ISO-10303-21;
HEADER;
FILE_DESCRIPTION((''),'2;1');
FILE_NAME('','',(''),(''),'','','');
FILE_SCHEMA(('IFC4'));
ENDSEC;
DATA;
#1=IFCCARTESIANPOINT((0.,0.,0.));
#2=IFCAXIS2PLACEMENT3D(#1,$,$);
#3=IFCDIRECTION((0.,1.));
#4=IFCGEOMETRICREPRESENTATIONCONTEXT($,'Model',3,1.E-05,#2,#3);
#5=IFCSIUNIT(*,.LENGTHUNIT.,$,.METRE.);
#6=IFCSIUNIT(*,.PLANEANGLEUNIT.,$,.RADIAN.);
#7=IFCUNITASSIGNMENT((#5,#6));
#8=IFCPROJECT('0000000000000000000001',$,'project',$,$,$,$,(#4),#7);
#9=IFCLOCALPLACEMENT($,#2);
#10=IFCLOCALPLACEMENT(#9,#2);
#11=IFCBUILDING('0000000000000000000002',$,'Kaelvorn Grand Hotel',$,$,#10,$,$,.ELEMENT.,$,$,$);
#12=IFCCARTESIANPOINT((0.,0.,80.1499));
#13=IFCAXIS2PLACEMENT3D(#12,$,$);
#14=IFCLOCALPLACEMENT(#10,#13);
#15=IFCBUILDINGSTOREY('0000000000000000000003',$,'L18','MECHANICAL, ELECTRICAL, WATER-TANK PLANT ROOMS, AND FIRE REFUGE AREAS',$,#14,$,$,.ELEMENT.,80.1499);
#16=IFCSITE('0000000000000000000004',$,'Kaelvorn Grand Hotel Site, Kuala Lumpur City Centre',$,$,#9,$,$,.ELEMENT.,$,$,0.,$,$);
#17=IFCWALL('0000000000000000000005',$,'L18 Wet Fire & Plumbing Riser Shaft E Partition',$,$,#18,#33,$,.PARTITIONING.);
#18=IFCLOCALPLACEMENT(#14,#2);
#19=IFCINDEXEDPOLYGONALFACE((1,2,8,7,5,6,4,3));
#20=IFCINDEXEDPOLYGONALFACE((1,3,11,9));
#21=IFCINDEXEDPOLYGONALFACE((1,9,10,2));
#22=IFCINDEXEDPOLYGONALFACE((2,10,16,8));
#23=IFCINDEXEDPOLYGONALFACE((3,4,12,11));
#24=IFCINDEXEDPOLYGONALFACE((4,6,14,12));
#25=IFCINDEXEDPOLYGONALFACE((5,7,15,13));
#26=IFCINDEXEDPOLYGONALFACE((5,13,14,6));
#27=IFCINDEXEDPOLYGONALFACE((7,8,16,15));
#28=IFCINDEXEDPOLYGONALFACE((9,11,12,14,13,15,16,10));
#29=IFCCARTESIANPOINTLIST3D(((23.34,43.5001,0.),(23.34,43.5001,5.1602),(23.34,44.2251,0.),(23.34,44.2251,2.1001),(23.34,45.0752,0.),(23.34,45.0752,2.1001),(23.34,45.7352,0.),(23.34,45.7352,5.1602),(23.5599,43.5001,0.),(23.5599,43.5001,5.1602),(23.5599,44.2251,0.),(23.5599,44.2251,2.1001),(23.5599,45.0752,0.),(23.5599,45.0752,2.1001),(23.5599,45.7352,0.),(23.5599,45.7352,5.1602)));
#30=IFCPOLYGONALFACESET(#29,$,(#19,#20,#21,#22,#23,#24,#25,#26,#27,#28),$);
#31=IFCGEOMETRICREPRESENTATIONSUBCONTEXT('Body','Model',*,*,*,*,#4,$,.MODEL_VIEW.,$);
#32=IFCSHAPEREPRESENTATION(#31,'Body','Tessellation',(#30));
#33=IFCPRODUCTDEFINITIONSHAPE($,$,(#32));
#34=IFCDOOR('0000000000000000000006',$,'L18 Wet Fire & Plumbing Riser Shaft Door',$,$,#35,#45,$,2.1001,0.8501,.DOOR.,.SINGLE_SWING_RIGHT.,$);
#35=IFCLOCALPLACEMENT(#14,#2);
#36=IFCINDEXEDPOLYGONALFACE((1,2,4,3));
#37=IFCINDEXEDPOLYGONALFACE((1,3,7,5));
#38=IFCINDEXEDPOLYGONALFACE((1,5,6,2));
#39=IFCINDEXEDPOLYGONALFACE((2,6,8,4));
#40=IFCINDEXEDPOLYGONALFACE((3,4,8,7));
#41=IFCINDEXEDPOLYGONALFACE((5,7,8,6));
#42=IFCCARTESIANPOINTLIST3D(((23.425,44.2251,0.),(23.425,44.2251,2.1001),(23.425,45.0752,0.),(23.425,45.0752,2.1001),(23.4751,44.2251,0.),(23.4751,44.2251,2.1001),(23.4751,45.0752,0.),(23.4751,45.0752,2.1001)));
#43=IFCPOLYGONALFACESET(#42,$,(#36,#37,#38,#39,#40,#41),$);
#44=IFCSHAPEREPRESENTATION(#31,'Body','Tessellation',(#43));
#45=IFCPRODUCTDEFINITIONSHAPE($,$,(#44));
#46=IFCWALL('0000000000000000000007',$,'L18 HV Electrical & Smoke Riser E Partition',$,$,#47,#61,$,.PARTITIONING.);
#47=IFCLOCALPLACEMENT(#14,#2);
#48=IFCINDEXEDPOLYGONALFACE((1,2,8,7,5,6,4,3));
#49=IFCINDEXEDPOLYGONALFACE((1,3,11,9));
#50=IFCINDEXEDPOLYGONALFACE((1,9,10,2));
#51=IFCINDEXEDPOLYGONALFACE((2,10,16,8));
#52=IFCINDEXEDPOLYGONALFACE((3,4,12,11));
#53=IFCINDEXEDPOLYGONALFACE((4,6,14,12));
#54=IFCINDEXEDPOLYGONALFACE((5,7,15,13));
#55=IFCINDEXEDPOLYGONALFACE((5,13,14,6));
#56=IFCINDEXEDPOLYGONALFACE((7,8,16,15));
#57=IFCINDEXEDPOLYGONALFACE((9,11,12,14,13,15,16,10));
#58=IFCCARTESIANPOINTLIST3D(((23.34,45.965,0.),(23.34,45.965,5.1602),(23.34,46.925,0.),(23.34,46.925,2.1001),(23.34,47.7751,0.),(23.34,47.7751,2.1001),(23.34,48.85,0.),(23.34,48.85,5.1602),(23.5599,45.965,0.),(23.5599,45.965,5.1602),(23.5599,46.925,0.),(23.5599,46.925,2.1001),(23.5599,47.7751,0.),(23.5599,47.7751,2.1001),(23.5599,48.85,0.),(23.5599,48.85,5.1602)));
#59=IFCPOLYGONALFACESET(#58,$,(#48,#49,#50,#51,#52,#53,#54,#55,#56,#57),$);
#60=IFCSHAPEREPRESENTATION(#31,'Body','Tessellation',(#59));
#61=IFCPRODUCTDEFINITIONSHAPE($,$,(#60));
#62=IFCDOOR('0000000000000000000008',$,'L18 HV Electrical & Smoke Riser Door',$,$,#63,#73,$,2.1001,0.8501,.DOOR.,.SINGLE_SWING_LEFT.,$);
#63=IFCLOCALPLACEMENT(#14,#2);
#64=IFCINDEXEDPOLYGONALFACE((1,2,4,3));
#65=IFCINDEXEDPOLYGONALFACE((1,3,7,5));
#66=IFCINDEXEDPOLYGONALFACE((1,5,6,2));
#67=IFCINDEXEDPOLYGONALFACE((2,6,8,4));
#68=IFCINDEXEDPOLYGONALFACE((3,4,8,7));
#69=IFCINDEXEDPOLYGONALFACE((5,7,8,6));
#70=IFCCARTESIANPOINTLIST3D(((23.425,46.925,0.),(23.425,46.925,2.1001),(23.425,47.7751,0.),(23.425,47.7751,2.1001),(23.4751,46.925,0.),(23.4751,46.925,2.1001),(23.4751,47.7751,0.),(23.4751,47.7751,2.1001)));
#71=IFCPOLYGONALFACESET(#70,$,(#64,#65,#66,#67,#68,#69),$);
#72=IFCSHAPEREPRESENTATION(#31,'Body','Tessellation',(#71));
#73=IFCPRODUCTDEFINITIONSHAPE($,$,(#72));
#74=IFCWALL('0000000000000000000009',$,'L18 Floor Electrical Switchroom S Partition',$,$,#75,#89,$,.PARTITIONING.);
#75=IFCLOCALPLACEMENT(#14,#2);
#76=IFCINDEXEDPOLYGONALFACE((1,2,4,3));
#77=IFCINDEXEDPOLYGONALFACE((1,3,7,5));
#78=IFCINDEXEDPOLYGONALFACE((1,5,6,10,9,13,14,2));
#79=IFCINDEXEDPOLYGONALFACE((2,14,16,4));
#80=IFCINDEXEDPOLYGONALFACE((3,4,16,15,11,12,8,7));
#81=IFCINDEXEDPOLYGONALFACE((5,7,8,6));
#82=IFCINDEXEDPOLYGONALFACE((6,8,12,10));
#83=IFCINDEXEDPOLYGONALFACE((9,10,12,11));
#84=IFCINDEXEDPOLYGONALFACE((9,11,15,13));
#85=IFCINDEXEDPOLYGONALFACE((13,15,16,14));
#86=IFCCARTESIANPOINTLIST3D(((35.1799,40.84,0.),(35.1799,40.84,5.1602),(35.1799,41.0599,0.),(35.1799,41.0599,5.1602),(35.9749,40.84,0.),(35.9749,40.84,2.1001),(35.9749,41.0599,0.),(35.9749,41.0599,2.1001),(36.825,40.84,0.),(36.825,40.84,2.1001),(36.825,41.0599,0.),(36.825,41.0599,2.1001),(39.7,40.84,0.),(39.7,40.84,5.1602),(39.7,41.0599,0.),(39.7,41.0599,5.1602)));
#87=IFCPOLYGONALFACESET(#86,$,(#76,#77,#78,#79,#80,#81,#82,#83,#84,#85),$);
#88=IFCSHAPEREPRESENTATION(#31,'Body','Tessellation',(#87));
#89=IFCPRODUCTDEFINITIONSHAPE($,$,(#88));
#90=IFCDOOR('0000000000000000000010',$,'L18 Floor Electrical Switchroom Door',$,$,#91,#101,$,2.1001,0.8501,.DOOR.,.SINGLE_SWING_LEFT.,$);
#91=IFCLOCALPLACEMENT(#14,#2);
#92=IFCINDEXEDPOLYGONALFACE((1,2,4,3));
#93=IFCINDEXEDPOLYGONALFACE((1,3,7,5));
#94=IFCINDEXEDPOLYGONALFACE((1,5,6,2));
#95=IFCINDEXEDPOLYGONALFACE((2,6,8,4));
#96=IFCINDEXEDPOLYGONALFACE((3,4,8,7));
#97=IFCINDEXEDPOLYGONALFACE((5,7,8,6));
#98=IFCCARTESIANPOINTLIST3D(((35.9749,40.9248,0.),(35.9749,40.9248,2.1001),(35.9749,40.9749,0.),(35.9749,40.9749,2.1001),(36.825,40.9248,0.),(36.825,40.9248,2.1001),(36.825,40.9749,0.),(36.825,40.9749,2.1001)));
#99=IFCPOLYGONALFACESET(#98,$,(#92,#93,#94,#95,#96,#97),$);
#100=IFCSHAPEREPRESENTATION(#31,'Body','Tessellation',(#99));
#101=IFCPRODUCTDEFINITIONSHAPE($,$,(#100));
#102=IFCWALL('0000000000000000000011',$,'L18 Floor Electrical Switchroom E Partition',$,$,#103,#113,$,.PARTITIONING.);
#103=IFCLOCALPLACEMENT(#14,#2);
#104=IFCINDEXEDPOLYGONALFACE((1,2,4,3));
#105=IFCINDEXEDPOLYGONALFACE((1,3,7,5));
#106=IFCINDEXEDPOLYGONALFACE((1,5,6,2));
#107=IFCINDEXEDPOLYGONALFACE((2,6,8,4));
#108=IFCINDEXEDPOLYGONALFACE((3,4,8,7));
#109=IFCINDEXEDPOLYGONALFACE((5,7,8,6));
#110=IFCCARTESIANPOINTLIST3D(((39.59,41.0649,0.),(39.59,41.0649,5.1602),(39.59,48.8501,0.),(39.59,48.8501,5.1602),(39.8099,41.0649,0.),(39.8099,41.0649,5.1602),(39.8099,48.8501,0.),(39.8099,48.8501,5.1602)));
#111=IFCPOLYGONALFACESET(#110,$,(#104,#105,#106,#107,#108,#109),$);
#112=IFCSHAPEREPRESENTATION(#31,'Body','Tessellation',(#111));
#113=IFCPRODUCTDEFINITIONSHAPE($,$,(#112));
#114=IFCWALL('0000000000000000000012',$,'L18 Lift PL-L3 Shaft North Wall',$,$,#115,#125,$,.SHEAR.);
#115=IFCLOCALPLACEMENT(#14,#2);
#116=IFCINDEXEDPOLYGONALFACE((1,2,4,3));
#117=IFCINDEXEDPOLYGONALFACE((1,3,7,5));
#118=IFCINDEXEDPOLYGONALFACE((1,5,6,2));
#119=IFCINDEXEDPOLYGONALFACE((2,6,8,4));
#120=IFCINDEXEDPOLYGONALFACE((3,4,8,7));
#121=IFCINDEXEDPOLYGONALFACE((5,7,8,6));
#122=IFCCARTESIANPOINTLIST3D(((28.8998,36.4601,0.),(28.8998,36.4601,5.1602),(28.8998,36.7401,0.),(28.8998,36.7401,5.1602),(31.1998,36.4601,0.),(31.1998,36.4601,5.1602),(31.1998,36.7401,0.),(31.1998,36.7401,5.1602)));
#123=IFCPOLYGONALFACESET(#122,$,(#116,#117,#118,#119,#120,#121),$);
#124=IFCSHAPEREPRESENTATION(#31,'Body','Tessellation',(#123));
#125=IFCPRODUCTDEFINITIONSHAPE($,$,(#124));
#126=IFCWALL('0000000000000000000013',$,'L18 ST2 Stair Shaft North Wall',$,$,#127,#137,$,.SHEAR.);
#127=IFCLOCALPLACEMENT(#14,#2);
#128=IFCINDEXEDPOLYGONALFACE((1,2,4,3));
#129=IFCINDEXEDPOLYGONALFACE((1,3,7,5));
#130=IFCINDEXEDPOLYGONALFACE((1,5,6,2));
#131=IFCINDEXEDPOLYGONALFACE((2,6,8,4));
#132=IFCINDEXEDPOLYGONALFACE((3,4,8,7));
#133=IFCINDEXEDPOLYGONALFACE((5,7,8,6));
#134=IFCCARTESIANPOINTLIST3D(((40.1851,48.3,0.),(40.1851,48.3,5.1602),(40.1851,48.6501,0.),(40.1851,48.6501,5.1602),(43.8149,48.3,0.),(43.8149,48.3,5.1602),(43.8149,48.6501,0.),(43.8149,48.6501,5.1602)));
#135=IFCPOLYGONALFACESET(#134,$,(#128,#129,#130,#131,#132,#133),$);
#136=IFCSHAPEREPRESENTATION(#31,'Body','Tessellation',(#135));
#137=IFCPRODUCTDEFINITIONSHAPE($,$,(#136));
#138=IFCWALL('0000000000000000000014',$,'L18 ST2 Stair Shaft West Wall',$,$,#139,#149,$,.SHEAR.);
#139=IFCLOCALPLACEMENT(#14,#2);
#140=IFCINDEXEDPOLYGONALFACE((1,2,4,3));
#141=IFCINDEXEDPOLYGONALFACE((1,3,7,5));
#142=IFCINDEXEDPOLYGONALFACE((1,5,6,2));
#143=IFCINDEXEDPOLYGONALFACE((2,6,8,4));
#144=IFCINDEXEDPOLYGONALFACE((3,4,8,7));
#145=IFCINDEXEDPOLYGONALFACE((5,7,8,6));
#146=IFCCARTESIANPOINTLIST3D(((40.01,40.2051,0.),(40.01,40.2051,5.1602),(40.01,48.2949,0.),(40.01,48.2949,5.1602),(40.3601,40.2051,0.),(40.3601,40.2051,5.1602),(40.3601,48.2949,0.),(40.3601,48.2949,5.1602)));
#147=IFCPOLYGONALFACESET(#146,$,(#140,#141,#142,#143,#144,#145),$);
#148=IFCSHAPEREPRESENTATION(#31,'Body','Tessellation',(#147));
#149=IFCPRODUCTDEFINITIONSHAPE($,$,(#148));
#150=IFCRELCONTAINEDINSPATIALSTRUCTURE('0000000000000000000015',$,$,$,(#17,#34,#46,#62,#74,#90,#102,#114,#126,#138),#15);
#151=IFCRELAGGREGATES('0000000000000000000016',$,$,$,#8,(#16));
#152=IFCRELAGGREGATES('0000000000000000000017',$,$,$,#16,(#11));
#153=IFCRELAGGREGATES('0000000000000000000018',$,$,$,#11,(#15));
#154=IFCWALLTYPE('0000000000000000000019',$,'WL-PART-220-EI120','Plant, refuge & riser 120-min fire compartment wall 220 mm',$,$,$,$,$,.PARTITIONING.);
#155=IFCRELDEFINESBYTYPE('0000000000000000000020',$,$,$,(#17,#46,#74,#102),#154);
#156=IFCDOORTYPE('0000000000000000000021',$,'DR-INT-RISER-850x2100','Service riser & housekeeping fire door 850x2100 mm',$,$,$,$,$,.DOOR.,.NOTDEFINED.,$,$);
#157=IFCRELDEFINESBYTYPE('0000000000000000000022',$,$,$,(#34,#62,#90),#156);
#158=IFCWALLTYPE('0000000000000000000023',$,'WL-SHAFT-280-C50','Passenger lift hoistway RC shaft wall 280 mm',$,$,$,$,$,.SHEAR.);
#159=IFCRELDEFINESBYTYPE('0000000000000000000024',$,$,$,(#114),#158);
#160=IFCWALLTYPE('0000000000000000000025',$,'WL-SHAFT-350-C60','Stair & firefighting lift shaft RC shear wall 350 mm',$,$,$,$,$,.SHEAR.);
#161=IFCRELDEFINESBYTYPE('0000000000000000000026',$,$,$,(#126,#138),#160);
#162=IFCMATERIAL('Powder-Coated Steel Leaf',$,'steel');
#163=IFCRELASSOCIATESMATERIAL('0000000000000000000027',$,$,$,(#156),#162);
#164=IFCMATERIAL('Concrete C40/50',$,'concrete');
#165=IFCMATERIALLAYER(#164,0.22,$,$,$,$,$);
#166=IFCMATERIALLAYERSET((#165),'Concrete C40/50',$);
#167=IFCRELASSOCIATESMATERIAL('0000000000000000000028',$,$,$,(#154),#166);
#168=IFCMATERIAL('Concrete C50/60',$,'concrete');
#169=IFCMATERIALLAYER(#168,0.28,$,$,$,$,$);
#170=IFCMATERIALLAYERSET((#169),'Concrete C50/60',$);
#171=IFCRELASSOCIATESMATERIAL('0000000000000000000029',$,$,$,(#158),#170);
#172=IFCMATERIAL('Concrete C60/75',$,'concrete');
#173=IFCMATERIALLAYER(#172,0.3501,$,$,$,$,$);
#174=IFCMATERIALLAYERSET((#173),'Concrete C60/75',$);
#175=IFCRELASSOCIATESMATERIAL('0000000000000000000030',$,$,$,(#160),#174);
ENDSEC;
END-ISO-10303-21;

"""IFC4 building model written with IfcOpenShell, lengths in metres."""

from ifc_helpers import new_model, si_unit, direction, frame, frame_2d, origin, place, context, subcontext, project, spatial, rectangle, extrude, material, layer, layer_set, type_object, element, fill, save


model = new_model("IFC4")

# Units and contexts
model_context = context("Model", 3, precision=1e-05, world=origin(), true_north=direction((0.0, 1.0)))
body_context = subcontext(model_context, "Body", "Model", "MODEL_VIEW")
ifc_project = project(units=[si_unit("LENGTHUNIT", "METRE"), si_unit("PLANEANGLEUNIT", "RADIAN")], contexts=[model_context])

# Site, building, storey
site_placement = place(None, origin())
site = spatial("IfcSite", under=ifc_project, at=site_placement, Name="Kaelvorn Grand Hotel Site, Kuala Lumpur City Centre", CompositionType="ELEMENT", RefElevation=0.0)
building_placement = place(site_placement, origin())
building = spatial("IfcBuilding", under=site, at=building_placement, Name="Kaelvorn Grand Hotel", CompositionType="ELEMENT")
storey_placement = place(building_placement, frame((0.0, 0.0, 80.1499)))
storey = spatial("IfcBuildingStorey", under=building, at=storey_placement, Name="L18", Description="MECHANICAL, ELECTRICAL, WATER-TANK PLANT ROOMS, AND FIRE REFUGE AREAS", CompositionType="ELEMENT", Elevation=80.1499)

# Shared definitions
ifc_material_1 = material(Name="Concrete C60/75", Category="concrete")

# Shared definitions
ifc_material_2 = material(Name="Powder-Coated Steel Leaf", Category="steel")
door_type_1 = type_object("IfcDoorType", Name="DR-INT-RISER-850x2100", Description="Service riser & housekeeping fire door 850x2100 mm", OperationType="NOTDEFINED", PredefinedType="DOOR", material=ifc_material_2)

# Walls, openings, doors
ifc_material_3 = material(Name="Concrete C40/50", Category="concrete")
ifc_layer_1 = layer(ifc_material_3, 0.22)
ifc_layer_set_1 = layer_set([ifc_layer_1], Name="Concrete C40/50")
wall_type_1 = type_object("IfcWallType", Name="WL-PART-220-EI120", Description="Plant, refuge & riser 120-min fire compartment wall 220 mm", PredefinedType="PARTITIONING", material=ifc_layer_set_1)
wall_1_placement = place(storey_placement, frame((23.45, 43.5, 0.0), z_axis=(0.0, 0.0, 1.0), x_axis=(0.0, 1.0, 0.0)))
wall_1 = element("IfcWall", 1, at=wall_1_placement, inside=storey, type_object=wall_type_1, Name="L18 Wet Fire & Plumbing Riser Shaft E Partition", PredefinedType="PARTITIONING", context=body_context, shape_type="SweptSolid", body=[
    extrude(rectangle(XDim=2.2351, YDim=0.22, at=frame_2d((1.1177, 0.0))), origin(), (0.0, 0.0, 1.0), 5.1602),
])
opening_1_placement = place(wall_1_placement, frame((0.7251, 0.0, 0.0)))
opening_1 = element("IfcOpeningElement", 2, at=opening_1_placement, cuts=wall_1, PredefinedType="OPENING", context=body_context, shape_type="SweptSolid", body=[
    extrude(rectangle(XDim=0.8501, YDim=2.1001, at=frame_2d((0.425, 1.05))), frame((0.0, 0.1201, 0.0), z_axis=(0.0, -1.0, 0.0), x_axis=(1.0, 0.0, 0.0)), (0.0, 0.0, 1.0), 0.24),
])
door_1_placement = place(opening_1_placement, origin())
door_1 = element("IfcDoor", 3, at=door_1_placement, inside=storey, type_object=door_type_1, Name="L18 Wet Fire & Plumbing Riser Shaft Door", OperationType="SINGLE_SWING_RIGHT", OverallHeight=2.1001, OverallWidth=0.8501, PredefinedType="DOOR", context=body_context, shape_type="SweptSolid", body=[
    extrude(rectangle(XDim=0.8501, YDim=2.1001, at=frame_2d((0.425, 1.05))), frame((0.0, 0.0249, 0.0), z_axis=(0.0, -1.0, 0.0), x_axis=(1.0, 0.0, 0.0)), (0.0, 0.0, 1.0), 0.05),
])
fill(opening_1, door_1)
wall_2_placement = place(storey_placement, frame((23.45, 45.9651, 0.0), z_axis=(0.0, 0.0, 1.0), x_axis=(0.0, 1.0, 0.0)))
wall_2 = element("IfcWall", 4, at=wall_2_placement, inside=storey, type_object=wall_type_1, Name="L18 HV Electrical & Smoke Riser E Partition", PredefinedType="PARTITIONING", context=body_context, shape_type="SweptSolid", body=[
    extrude(rectangle(XDim=2.885, YDim=0.22, at=frame_2d((1.4424, 0.0))), origin(), (0.0, 0.0, 1.0), 5.1602),
])
opening_2_placement = place(wall_2_placement, frame((0.96, 0.0, 0.0)))
opening_2 = element("IfcOpeningElement", 5, at=opening_2_placement, cuts=wall_2, PredefinedType="OPENING", context=body_context, shape_type="SweptSolid", body=[
    extrude(rectangle(XDim=0.8501, YDim=2.1001, at=frame_2d((0.425, 1.05))), frame((0.0, 0.1201, 0.0), z_axis=(0.0, -1.0, 0.0), x_axis=(1.0, 0.0, 0.0)), (0.0, 0.0, 1.0), 0.24),
])
door_2_placement = place(opening_2_placement, origin())
door_2 = element("IfcDoor", 6, at=door_2_placement, inside=storey, type_object=door_type_1, Name="L18 HV Electrical & Smoke Riser Door", OperationType="SINGLE_SWING_LEFT", OverallHeight=2.1001, OverallWidth=0.8501, PredefinedType="DOOR", context=body_context, shape_type="SweptSolid", body=[
    extrude(rectangle(XDim=0.8501, YDim=2.1001, at=frame_2d((0.425, 1.05))), frame((0.0, 0.0249, 0.0), z_axis=(0.0, -1.0, 0.0), x_axis=(1.0, 0.0, 0.0)), (0.0, 0.0, 1.0), 0.05),
])
fill(opening_2, door_2)
wall_3_placement = place(storey_placement, frame((35.1799, 40.95, 0.0), z_axis=(0.0, 0.0, 1.0), x_axis=(1.0, 0.0, 0.0)))
wall_3 = element("IfcWall", 7, at=wall_3_placement, inside=storey, type_object=wall_type_1, Name="L18 Floor Electrical Switchroom S Partition", PredefinedType="PARTITIONING", context=body_context, shape_type="SweptSolid", body=[
    extrude(rectangle(XDim=4.52, YDim=0.22, at=frame_2d((2.26, 0.0))), origin(), (0.0, 0.0, 1.0), 5.1602),
])
opening_3_placement = place(wall_3_placement, frame((0.7949, 0.0, 0.0)))
opening_3 = element("IfcOpeningElement", 8, at=opening_3_placement, cuts=wall_3, PredefinedType="OPENING", context=body_context, shape_type="SweptSolid", body=[
    extrude(rectangle(XDim=0.8501, YDim=2.1001, at=frame_2d((0.425, 1.05))), frame((0.0, 0.1201, 0.0), z_axis=(0.0, -1.0, 0.0), x_axis=(1.0, 0.0, 0.0)), (0.0, 0.0, 1.0), 0.24),
])
door_3_placement = place(opening_3_placement, origin())
door_3 = element("IfcDoor", 9, at=door_3_placement, inside=storey, type_object=door_type_1, Name="L18 Floor Electrical Switchroom Door", OperationType="SINGLE_SWING_LEFT", OverallHeight=2.1001, OverallWidth=0.8501, PredefinedType="DOOR", context=body_context, shape_type="SweptSolid", body=[
    extrude(rectangle(XDim=0.8501, YDim=2.1001, at=frame_2d((0.425, 1.05))), frame((0.0, 0.0249, 0.0), z_axis=(0.0, -1.0, 0.0), x_axis=(1.0, 0.0, 0.0)), (0.0, 0.0, 1.0), 0.05),
])
fill(opening_3, door_3)

# Walls
wall_4_placement = place(storey_placement, frame((39.7, 41.0649, 0.0), z_axis=(0.0, 0.0, 1.0), x_axis=(0.0, 1.0, 0.0)))
element("IfcWall", 10, at=wall_4_placement, inside=storey, type_object=wall_type_1, Name="L18 Floor Electrical Switchroom E Partition", PredefinedType="PARTITIONING", context=body_context, shape_type="SweptSolid", body=[
    extrude(rectangle(XDim=7.7852, YDim=0.22, at=frame_2d((3.8926, 0.0))), origin(), (0.0, 0.0, 1.0), 5.1602),
])
ifc_material_4 = material(Name="Concrete C50/60", Category="concrete")
ifc_layer_2 = layer(ifc_material_4, 0.28)
ifc_layer_set_2 = layer_set([ifc_layer_2], Name="Concrete C50/60")
wall_type_2 = type_object("IfcWallType", Name="WL-SHAFT-280-C50", Description="Passenger lift hoistway RC shaft wall 280 mm", PredefinedType="SHEAR", material=ifc_layer_set_2)
wall_5_placement = place(storey_placement, frame((28.8999, 36.6001, 0.0), z_axis=(0.0, 0.0, 1.0), x_axis=(1.0, 0.0, 0.0)))
element("IfcWall", 11, at=wall_5_placement, inside=storey, type_object=wall_type_2, Name="L18 Lift PL-L3 Shaft North Wall", PredefinedType="SHEAR", context=body_context, shape_type="SweptSolid", body=[
    extrude(rectangle(XDim=2.3, YDim=0.28, at=frame_2d((1.1499, 0.0))), origin(), (0.0, 0.0, 1.0), 5.1602),
])

# Shared definitions
ifc_layer_3 = layer(ifc_material_1, 0.3501)
ifc_layer_set_3 = layer_set([ifc_layer_3], Name="Concrete C60/75")
wall_type_3 = type_object("IfcWallType", Name="WL-SHAFT-350-C60", Description="Stair & firefighting lift shaft RC shear wall 350 mm", PredefinedType="SHEAR", material=ifc_layer_set_3)

# Walls
wall_6_placement = place(storey_placement, frame((40.1851, 48.4751, 0.0), z_axis=(0.0, 0.0, 1.0), x_axis=(1.0, 0.0, 0.0)))
element("IfcWall", 12, at=wall_6_placement, inside=storey, type_object=wall_type_3, Name="L18 ST2 Stair Shaft North Wall", PredefinedType="SHEAR", context=body_context, shape_type="SweptSolid", body=[
    extrude(rectangle(XDim=3.6299, YDim=0.3501, at=frame_2d((1.8149, 0.0))), origin(), (0.0, 0.0, 1.0), 5.1602),
])
wall_7_placement = place(storey_placement, frame((40.1851, 40.2051, 0.0), z_axis=(0.0, 0.0, 1.0), x_axis=(0.0, 1.0, 0.0)))
element("IfcWall", 13, at=wall_7_placement, inside=storey, type_object=wall_type_3, Name="L18 ST2 Stair Shaft West Wall", PredefinedType="SHEAR", context=body_context, shape_type="SweptSolid", body=[
    extrude(rectangle(XDim=8.0898, YDim=0.3501, at=frame_2d((4.0449, 0.0))), origin(), (0.0, 0.0, 1.0), 5.1602),
])

save(model, "model.ifc")
